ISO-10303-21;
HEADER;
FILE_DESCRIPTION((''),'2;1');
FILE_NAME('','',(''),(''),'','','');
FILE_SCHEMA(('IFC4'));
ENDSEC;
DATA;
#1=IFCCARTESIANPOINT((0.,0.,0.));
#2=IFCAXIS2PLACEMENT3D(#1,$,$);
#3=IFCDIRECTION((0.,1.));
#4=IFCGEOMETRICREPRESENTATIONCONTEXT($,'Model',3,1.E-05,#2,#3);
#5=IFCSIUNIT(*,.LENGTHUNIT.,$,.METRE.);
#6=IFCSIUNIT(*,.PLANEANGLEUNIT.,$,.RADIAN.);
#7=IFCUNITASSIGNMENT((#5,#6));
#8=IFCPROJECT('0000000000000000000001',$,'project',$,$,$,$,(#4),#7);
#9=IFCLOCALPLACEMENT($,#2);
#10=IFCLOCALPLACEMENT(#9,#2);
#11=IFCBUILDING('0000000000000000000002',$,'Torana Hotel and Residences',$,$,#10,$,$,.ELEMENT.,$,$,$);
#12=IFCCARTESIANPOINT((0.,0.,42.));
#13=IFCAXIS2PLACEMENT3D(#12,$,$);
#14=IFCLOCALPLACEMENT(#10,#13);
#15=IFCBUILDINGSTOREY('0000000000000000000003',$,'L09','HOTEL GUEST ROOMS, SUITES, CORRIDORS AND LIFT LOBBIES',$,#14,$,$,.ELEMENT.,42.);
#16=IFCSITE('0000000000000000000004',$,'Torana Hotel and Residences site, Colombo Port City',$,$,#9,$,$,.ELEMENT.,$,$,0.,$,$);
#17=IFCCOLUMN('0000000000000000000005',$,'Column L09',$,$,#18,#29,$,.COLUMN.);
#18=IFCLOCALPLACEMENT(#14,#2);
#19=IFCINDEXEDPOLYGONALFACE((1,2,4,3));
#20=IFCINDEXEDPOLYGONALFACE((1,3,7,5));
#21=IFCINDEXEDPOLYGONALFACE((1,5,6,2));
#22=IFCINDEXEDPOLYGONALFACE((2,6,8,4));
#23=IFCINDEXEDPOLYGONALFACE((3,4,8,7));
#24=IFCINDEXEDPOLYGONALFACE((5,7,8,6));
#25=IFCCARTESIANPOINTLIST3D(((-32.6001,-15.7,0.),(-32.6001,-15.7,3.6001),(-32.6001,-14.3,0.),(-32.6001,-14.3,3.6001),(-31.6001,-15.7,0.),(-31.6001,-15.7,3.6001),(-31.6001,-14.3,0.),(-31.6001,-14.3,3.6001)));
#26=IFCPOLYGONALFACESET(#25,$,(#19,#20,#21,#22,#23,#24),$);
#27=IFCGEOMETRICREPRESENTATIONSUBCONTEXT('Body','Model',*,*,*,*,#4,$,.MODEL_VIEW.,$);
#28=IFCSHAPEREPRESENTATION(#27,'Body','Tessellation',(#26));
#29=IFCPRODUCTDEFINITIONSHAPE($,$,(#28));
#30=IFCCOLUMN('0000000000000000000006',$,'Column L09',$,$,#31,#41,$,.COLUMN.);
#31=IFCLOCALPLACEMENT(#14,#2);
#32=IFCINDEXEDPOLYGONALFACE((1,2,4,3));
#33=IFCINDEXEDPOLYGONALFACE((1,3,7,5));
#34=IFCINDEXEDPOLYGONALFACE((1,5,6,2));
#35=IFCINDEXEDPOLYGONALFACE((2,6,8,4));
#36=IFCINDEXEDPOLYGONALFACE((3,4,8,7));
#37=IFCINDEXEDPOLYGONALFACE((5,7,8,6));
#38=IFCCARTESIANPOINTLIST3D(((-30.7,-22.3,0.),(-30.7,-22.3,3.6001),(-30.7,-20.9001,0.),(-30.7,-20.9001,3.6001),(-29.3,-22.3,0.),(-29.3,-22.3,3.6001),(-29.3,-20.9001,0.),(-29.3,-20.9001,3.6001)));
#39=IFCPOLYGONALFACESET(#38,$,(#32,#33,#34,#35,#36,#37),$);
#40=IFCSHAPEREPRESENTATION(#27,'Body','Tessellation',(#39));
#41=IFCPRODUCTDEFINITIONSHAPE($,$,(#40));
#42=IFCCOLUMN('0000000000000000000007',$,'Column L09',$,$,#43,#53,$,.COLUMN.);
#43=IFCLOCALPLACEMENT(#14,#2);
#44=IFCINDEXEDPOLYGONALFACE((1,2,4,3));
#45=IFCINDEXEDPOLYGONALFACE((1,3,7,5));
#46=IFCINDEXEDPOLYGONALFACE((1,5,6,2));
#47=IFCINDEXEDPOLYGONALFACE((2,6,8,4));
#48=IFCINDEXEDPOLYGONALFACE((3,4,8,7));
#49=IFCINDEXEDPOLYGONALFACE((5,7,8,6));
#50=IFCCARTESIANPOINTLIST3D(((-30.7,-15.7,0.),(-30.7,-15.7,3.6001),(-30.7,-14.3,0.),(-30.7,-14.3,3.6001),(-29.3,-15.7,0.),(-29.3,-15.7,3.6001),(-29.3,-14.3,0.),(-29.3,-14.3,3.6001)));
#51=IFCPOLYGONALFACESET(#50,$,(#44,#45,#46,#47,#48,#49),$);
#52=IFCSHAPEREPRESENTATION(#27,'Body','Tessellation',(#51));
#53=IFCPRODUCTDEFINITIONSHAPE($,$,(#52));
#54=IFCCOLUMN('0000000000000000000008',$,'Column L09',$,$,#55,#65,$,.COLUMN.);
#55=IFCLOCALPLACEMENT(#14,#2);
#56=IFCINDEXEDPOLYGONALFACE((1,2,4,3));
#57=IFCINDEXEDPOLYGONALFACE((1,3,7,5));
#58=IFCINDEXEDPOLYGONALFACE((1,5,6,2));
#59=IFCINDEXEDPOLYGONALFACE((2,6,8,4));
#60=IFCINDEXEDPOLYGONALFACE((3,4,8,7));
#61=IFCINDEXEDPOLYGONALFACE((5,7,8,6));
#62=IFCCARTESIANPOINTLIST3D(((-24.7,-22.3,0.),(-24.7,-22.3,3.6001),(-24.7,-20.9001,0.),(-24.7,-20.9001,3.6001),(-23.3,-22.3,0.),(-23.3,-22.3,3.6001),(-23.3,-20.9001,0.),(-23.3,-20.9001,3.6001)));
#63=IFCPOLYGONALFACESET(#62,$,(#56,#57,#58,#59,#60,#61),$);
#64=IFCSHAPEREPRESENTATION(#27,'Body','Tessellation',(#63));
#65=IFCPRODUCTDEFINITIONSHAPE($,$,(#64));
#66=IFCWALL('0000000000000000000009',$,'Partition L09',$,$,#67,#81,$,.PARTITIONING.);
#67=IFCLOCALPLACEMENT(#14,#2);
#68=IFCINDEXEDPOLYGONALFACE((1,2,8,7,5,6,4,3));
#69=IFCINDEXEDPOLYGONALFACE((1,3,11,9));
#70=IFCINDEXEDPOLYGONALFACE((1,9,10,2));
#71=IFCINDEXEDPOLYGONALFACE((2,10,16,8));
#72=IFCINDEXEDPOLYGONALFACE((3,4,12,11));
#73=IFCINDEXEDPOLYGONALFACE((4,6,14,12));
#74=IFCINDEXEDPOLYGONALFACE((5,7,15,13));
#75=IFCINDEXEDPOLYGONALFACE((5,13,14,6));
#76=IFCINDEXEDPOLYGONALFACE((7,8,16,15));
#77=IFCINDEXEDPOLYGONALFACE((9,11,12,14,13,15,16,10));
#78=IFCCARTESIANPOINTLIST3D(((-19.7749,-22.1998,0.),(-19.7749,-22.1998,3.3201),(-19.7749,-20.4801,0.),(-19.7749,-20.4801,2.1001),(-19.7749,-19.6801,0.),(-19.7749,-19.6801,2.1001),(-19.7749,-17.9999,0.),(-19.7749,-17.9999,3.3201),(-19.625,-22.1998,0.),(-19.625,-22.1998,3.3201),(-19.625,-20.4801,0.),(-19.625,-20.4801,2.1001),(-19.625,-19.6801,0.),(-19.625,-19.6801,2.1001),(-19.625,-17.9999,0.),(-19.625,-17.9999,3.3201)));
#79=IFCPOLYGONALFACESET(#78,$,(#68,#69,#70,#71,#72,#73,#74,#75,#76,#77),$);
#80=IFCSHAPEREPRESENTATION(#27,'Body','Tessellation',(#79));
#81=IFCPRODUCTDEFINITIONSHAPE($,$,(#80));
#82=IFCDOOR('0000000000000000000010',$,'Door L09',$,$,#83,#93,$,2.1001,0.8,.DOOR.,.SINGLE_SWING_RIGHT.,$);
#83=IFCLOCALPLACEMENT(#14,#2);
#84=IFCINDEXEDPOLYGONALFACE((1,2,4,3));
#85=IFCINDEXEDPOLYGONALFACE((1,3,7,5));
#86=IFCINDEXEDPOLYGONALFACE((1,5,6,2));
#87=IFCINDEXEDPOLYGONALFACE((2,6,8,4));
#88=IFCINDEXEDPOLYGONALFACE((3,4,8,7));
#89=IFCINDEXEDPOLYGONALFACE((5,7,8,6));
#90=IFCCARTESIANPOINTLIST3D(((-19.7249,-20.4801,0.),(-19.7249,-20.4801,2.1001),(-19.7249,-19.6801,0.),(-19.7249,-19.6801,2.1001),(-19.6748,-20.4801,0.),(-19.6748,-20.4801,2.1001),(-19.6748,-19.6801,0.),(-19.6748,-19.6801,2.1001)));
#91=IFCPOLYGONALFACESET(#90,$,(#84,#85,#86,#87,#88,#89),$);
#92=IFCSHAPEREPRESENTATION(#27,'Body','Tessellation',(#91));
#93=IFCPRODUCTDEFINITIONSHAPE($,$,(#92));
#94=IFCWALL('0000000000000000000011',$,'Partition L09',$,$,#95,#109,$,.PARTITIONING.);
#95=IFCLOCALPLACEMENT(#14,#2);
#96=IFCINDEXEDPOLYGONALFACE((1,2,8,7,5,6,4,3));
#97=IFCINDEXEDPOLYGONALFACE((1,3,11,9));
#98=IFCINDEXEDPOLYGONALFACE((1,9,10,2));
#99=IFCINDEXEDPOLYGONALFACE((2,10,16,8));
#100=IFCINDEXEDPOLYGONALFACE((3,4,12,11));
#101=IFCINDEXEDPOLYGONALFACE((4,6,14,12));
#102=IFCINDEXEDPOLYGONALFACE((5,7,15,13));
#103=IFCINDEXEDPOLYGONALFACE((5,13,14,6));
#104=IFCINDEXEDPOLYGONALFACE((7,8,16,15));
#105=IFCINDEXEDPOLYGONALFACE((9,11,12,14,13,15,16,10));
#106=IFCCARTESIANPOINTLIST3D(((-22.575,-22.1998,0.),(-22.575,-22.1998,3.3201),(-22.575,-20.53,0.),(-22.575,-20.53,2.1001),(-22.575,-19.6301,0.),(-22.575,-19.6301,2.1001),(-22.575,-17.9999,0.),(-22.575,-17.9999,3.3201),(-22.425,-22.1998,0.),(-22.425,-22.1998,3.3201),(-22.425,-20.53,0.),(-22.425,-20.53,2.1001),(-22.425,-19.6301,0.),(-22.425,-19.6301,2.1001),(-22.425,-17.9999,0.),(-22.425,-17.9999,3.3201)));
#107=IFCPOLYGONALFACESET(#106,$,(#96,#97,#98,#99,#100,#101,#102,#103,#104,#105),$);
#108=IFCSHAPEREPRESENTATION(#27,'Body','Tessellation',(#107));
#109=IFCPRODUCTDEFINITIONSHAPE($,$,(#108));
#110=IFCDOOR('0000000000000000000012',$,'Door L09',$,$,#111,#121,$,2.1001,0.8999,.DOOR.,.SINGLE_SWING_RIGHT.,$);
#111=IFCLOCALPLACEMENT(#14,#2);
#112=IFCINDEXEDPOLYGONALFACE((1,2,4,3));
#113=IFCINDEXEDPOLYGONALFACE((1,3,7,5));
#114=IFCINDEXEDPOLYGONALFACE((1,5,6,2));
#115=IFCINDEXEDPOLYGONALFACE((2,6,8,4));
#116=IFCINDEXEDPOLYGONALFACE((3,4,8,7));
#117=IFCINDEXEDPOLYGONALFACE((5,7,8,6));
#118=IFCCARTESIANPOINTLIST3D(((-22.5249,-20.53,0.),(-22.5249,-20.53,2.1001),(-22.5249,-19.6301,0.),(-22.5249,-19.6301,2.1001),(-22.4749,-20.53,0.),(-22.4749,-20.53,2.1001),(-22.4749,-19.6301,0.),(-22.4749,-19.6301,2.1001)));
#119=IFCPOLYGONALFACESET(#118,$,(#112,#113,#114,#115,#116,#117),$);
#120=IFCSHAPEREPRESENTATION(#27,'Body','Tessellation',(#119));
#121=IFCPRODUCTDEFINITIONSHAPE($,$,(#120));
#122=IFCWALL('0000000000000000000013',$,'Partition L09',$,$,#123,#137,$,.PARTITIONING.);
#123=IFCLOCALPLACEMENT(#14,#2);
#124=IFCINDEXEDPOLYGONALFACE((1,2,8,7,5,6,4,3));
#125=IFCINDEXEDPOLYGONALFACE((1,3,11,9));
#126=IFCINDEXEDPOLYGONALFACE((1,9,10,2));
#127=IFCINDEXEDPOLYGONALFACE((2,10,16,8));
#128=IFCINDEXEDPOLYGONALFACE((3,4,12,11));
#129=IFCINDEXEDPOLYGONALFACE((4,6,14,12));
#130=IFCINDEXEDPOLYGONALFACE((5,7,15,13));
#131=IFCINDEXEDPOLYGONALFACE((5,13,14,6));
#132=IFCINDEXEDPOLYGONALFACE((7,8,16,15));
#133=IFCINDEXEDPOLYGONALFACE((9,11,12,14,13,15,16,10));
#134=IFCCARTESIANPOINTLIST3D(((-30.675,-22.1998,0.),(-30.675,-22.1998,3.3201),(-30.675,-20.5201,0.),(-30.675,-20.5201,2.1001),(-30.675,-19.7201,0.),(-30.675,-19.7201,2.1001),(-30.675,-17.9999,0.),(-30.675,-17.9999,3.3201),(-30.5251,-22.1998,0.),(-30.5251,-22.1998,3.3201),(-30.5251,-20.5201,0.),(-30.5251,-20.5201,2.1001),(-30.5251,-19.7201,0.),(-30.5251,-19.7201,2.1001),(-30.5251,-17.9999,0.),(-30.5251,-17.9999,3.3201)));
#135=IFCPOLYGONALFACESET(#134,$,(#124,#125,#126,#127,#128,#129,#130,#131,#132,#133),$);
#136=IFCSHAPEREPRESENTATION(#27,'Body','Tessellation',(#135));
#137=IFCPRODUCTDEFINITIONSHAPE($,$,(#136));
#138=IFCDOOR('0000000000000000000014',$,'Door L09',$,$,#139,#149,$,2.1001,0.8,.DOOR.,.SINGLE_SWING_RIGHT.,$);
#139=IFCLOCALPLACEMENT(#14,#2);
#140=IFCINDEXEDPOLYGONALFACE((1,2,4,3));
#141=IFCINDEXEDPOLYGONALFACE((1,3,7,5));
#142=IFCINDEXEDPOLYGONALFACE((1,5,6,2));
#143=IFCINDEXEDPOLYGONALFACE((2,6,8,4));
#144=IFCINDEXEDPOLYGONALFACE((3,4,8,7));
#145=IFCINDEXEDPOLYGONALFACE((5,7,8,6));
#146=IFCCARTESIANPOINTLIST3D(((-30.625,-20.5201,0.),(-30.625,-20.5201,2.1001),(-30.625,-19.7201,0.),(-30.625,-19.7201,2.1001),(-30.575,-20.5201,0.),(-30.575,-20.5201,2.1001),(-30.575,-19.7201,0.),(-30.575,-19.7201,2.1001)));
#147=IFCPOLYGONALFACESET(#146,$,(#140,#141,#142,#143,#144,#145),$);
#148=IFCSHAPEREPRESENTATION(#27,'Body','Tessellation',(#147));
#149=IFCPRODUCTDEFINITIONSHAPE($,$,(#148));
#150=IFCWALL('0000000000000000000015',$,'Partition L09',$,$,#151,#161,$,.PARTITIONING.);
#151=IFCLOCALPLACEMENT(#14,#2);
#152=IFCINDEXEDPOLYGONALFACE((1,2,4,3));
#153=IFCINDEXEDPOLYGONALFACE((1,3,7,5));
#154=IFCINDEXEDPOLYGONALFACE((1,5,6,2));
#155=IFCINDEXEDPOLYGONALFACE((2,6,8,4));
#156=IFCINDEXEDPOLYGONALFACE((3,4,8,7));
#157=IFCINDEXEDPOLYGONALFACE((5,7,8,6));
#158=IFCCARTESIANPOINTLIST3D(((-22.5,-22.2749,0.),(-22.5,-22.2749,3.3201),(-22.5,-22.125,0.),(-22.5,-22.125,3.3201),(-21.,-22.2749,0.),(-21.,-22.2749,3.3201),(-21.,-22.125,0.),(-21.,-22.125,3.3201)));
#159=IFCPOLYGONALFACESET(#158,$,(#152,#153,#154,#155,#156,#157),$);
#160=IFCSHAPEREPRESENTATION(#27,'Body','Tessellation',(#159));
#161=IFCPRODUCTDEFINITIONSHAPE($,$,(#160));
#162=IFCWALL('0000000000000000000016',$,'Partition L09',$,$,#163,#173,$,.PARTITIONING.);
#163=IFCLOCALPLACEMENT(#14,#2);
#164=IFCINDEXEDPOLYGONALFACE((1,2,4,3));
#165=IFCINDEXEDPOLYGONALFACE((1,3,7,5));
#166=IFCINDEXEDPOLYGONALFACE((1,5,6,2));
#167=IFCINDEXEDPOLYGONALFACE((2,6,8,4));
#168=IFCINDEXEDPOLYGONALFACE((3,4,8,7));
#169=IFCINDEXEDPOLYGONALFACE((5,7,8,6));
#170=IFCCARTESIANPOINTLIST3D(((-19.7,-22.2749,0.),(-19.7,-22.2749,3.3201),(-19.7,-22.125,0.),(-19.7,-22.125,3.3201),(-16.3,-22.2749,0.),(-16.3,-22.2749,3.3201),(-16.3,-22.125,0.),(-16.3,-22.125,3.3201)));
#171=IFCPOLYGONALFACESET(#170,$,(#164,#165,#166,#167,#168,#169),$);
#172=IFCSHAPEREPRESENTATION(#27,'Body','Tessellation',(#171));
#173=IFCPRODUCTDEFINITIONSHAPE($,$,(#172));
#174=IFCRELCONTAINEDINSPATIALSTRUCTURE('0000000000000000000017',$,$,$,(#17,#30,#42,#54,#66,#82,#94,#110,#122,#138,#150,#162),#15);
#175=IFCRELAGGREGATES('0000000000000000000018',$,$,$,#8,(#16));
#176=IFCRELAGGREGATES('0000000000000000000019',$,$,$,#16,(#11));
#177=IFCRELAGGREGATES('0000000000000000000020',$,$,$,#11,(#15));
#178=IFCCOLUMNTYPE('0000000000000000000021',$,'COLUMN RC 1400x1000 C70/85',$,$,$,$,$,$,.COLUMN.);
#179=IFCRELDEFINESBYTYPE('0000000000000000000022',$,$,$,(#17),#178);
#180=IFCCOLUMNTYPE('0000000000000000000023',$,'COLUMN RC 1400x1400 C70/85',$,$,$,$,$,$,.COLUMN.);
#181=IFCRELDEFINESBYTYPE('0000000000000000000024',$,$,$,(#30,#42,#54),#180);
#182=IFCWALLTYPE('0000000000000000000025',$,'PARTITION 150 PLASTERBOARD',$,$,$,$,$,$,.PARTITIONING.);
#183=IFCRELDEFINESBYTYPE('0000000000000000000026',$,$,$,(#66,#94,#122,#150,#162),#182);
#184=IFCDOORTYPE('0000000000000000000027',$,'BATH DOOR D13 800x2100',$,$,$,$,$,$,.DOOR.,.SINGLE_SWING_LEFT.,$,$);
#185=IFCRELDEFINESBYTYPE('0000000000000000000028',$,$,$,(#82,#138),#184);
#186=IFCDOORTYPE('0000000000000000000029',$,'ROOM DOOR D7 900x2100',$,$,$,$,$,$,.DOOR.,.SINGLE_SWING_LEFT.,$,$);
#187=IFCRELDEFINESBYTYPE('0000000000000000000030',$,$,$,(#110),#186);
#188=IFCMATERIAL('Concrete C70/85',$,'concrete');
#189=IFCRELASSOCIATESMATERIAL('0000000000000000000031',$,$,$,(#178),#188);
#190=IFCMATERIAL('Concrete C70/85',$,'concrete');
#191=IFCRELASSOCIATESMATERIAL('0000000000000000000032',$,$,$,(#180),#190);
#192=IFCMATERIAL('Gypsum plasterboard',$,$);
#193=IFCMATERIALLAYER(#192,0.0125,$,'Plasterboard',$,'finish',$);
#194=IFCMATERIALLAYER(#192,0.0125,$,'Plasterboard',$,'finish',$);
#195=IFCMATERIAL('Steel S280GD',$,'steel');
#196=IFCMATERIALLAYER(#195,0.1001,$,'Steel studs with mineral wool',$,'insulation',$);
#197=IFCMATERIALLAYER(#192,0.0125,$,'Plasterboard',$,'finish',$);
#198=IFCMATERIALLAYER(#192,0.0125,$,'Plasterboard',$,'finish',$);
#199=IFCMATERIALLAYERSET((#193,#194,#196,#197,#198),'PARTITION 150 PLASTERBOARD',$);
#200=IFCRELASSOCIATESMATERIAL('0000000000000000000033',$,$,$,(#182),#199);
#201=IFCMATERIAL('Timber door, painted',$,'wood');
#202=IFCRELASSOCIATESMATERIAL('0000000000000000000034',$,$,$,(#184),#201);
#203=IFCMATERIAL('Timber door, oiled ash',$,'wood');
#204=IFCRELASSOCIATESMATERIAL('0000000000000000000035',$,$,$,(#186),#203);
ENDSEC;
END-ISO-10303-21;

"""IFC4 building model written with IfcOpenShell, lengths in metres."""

from ifc_helpers import new_model, si_unit, direction, frame, frame_2d, origin, origin_2d, place, context, subcontext, project, spatial, rectangle, extrude, material, layer, layer_set, material_profile, profile_set, type_object, element, fill, save


model = new_model("IFC4")

# Units and contexts
model_context = context("Model", 3, precision=1e-05, world=origin(), true_north=direction((0.0, 1.0)))
body_context = subcontext(model_context, "Body", "Model", "MODEL_VIEW")
ifc_project = project(units=[si_unit("LENGTHUNIT", "METRE"), si_unit("PLANEANGLEUNIT", "RADIAN")], contexts=[model_context])

# Site, building, storey
site_placement = place(None, origin())
site = spatial("IfcSite", under=ifc_project, at=site_placement, Name="Torana Hotel and Residences site, Colombo Port City", CompositionType="ELEMENT", RefElevation=0.0)
building_placement = place(site_placement, origin())
building = spatial("IfcBuilding", under=site, at=building_placement, Name="Torana Hotel and Residences", CompositionType="ELEMENT")
storey_placement = place(building_placement, frame((0.0, 0.0, 42.0)))
storey = spatial("IfcBuildingStorey", under=building, at=storey_placement, Name="L09", Description="HOTEL GUEST ROOMS, SUITES, CORRIDORS AND LIFT LOBBIES", CompositionType="ELEMENT", Elevation=42.0)

# Columns
ifc_material_1 = material(Name="Concrete C70/85", Category="concrete")
ifc_material_profile_1 = material_profile(ifc_material_1, rectangle(XDim=1.3999, YDim=1.0, at=origin_2d()), Name="RC 1400x1000")
ifc_profile_set_1 = profile_set([ifc_material_profile_1], Name="Concrete C70/85")
column_type_1 = type_object("IfcColumnType", Name="COLUMN RC 1400x1000 C70/85", PredefinedType="COLUMN", material=ifc_profile_set_1)
column_placement = place(storey_placement, frame((-32.1001, -15.0, 0.0), z_axis=(0.0, 0.0, 1.0), x_axis=(0.0, 1.0, 0.0)))
element("IfcColumn", 1, at=column_placement, inside=storey, type_object=column_type_1, Name="Column L09", PredefinedType="COLUMN", context=body_context, shape_type="SweptSolid", body=[
    extrude(rectangle(XDim=1.3999, YDim=1.0, at=origin_2d()), origin(), (0.0, 0.0, 1.0), 3.6001),
])
ifc_material_2 = material(Name="Concrete C70/85", Category="concrete")
ifc_material_profile_2 = material_profile(ifc_material_2, rectangle(XDim=1.3999, YDim=1.3999, at=origin_2d()), Name="RC 1400x1400")
ifc_profile_set_2 = profile_set([ifc_material_profile_2], Name="Concrete C70/85")
column_type_2 = type_object("IfcColumnType", Name="COLUMN RC 1400x1400 C70/85", PredefinedType="COLUMN", material=ifc_profile_set_2)
for number, where, z_axis, x_axis, name in (
    (2, (-30.0, -21.6001, 0.0), (0.0, 0.0, 1.0), (1.0, 0.0, 0.0), "Column L09"),
    (3, (-30.0, -15.0, 0.0), (0.0, 0.0, 1.0), (1.0, 0.0, 0.0), "Column L09"),
    (4, (-24.0, -21.6001, 0.0), (0.0, 0.0, 1.0), (1.0, 0.0, 0.0), "Column L09"),
):
    element("IfcColumn", number, at=place(storey_placement, frame(where, z_axis=z_axis, x_axis=x_axis)), inside=storey, type_object=column_type_2, Name=name, PredefinedType="COLUMN", context=body_context, shape_type="SweptSolid", body=[
        extrude(rectangle(XDim=1.3999, YDim=1.3999, at=origin_2d()), origin(), (0.0, 0.0, 1.0), 3.6001),
    ])

# Walls, openings, doors
ifc_material_3 = material(Name="Gypsum plasterboard")
ifc_layer_1 = layer(ifc_material_3, 0.0125, Name="Plasterboard", Category="finish")
ifc_layer_2 = layer(ifc_material_3, 0.0125, Name="Plasterboard", Category="finish")
ifc_material_4 = material(Name="Steel S280GD", Category="steel")
ifc_layer_3 = layer(ifc_material_4, 0.1001, Name="Steel studs with mineral wool", Category="insulation")
ifc_layer_4 = layer(ifc_material_3, 0.0125, Name="Plasterboard", Category="finish")
ifc_layer_5 = layer(ifc_material_3, 0.0125, Name="Plasterboard", Category="finish")
ifc_layer_set = layer_set([ifc_layer_1, ifc_layer_2, ifc_layer_3, ifc_layer_4, ifc_layer_5], Name="PARTITION 150 PLASTERBOARD")
wall_type = type_object("IfcWallType", Name="PARTITION 150 PLASTERBOARD", PredefinedType="PARTITIONING", material=ifc_layer_set)
wall_1_placement = place(storey_placement, frame((-19.7, -22.2, 0.0), z_axis=(0.0, 0.0, 1.0), x_axis=(0.0, 1.0, 0.0)))
wall_1 = element("IfcWall", 5, at=wall_1_placement, inside=storey, type_object=wall_type, Name="Partition L09", PredefinedType="PARTITIONING", context=body_context, shape_type="SweptSolid", body=[
    extrude(rectangle(XDim=4.2, YDim=0.1499, at=frame_2d((2.1001, 0.0))), origin(), (0.0, 0.0, 1.0), 3.3201),
])
opening_1_placement = place(wall_1_placement, frame((1.72, 0.0, 0.0)))
opening_1 = element("IfcOpeningElement", 6, at=opening_1_placement, cuts=wall_1, PredefinedType="OPENING", context=body_context, shape_type="SweptSolid", body=[
    extrude(rectangle(XDim=0.8, YDim=2.1001, at=frame_2d((0.3999, 1.05))), frame((0.0, 0.085, 0.0), z_axis=(0.0, -1.0, 0.0), x_axis=(1.0, 0.0, 0.0)), (0.0, 0.0, 1.0), 0.1699),
])
ifc_material_5 = material(Name="Timber door, painted", Category="wood")
door_type_1 = type_object("IfcDoorType", Name="BATH DOOR D13 800x2100", OperationType="SINGLE_SWING_LEFT", PredefinedType="DOOR", material=ifc_material_5)
door_1_placement = place(opening_1_placement, origin())
door_1 = element("IfcDoor", 7, at=door_1_placement, inside=storey, type_object=door_type_1, Name="Door L09", OperationType="SINGLE_SWING_RIGHT", OverallHeight=2.1001, OverallWidth=0.8, PredefinedType="DOOR", context=body_context, shape_type="SweptSolid", body=[
    extrude(rectangle(XDim=0.8, YDim=2.1001, at=frame_2d((0.3999, 1.05))), frame((0.0, 0.0249, 0.0), z_axis=(0.0, -1.0, 0.0), x_axis=(1.0, 0.0, 0.0)), (0.0, 0.0, 1.0), 0.05),
])
fill(opening_1, door_1)
wall_2_placement = place(storey_placement, frame((-22.5, -22.2, 0.0), z_axis=(0.0, 0.0, 1.0), x_axis=(0.0, 1.0, 0.0)))
wall_2 = element("IfcWall", 8, at=wall_2_placement, inside=storey, type_object=wall_type, Name="Partition L09", PredefinedType="PARTITIONING", context=body_context, shape_type="SweptSolid", body=[
    extrude(rectangle(XDim=4.2, YDim=0.1499, at=frame_2d((2.1001, 0.0))), origin(), (0.0, 0.0, 1.0), 3.3201),
])
opening_2_placement = place(wall_2_placement, frame((1.6699, 0.0, 0.0)))
opening_2 = element("IfcOpeningElement", 9, at=opening_2_placement, cuts=wall_2, PredefinedType="OPENING", context=body_context, shape_type="SweptSolid", body=[
    extrude(rectangle(XDim=0.8999, YDim=2.1001, at=frame_2d((0.45, 1.05))), frame((0.0, 0.085, 0.0), z_axis=(0.0, -1.0, 0.0), x_axis=(1.0, 0.0, 0.0)), (0.0, 0.0, 1.0), 0.1699),
])
ifc_material_6 = material(Name="Timber door, oiled ash", Category="wood")
door_type_2 = type_object("IfcDoorType", Name="ROOM DOOR D7 900x2100", OperationType="SINGLE_SWING_LEFT", PredefinedType="DOOR", material=ifc_material_6)
door_2_placement = place(opening_2_placement, origin())
door_2 = element("IfcDoor", 10, at=door_2_placement, inside=storey, type_object=door_type_2, Name="Door L09", OperationType="SINGLE_SWING_RIGHT", OverallHeight=2.1001, OverallWidth=0.8999, PredefinedType="DOOR", context=body_context, shape_type="SweptSolid", body=[
    extrude(rectangle(XDim=0.8999, YDim=2.1001, at=frame_2d((0.45, 1.05))), frame((0.0, 0.0249, 0.0), z_axis=(0.0, -1.0, 0.0), x_axis=(1.0, 0.0, 0.0)), (0.0, 0.0, 1.0), 0.05),
])
fill(opening_2, door_2)
wall_3_placement = place(storey_placement, frame((-30.6001, -22.2, 0.0), z_axis=(0.0, 0.0, 1.0), x_axis=(0.0, 1.0, 0.0)))
wall_3 = element("IfcWall", 11, at=wall_3_placement, inside=storey, type_object=wall_type, Name="Partition L09", PredefinedType="PARTITIONING", context=body_context, shape_type="SweptSolid", body=[
    extrude(rectangle(XDim=4.2, YDim=0.1499, at=frame_2d((2.1001, 0.0))), origin(), (0.0, 0.0, 1.0), 3.3201),
])
opening_3_placement = place(wall_3_placement, frame((1.6799, 0.0, 0.0)))
opening_3 = element("IfcOpeningElement", 12, at=opening_3_placement, cuts=wall_3, PredefinedType="OPENING", context=body_context, shape_type="SweptSolid", body=[
    extrude(rectangle(XDim=0.8, YDim=2.1001, at=frame_2d((0.3999, 1.05))), frame((0.0, 0.085, 0.0), z_axis=(0.0, -1.0, 0.0), x_axis=(1.0, 0.0, 0.0)), (0.0, 0.0, 1.0), 0.1699),
])
door_3_placement = place(opening_3_placement, origin())
door_3 = element("IfcDoor", 13, at=door_3_placement, inside=storey, type_object=door_type_1, Name="Door L09", OperationType="SINGLE_SWING_RIGHT", OverallHeight=2.1001, OverallWidth=0.8, PredefinedType="DOOR", context=body_context, shape_type="SweptSolid", body=[
    extrude(rectangle(XDim=0.8, YDim=2.1001, at=frame_2d((0.3999, 1.05))), frame((0.0, 0.0249, 0.0), z_axis=(0.0, -1.0, 0.0), x_axis=(1.0, 0.0, 0.0)), (0.0, 0.0, 1.0), 0.05),
])
fill(opening_3, door_3)

# Walls
wall_4_placement = place(storey_placement, frame((-22.5, -22.2, 0.0), z_axis=(0.0, 0.0, 1.0), x_axis=(1.0, 0.0, 0.0)))
element("IfcWall", 14, at=wall_4_placement, inside=storey, type_object=wall_type, Name="Partition L09", PredefinedType="PARTITIONING", context=body_context, shape_type="SweptSolid", body=[
    extrude(rectangle(XDim=1.5, YDim=0.1499, at=frame_2d((0.75, 0.0))), origin(), (0.0, 0.0, 1.0), 3.3201),
])
wall_5_placement = place(storey_placement, frame((-19.7, -22.2, 0.0), z_axis=(0.0, 0.0, 1.0), x_axis=(1.0, 0.0, 0.0)))
element("IfcWall", 15, at=wall_5_placement, inside=storey, type_object=wall_type, Name="Partition L09", PredefinedType="PARTITIONING", context=body_context, shape_type="SweptSolid", body=[
    extrude(rectangle(XDim=3.3999, YDim=0.1499, at=frame_2d((1.7, 0.0))), origin(), (0.0, 0.0, 1.0), 3.3201),
])

save(model, "model.ifc")
